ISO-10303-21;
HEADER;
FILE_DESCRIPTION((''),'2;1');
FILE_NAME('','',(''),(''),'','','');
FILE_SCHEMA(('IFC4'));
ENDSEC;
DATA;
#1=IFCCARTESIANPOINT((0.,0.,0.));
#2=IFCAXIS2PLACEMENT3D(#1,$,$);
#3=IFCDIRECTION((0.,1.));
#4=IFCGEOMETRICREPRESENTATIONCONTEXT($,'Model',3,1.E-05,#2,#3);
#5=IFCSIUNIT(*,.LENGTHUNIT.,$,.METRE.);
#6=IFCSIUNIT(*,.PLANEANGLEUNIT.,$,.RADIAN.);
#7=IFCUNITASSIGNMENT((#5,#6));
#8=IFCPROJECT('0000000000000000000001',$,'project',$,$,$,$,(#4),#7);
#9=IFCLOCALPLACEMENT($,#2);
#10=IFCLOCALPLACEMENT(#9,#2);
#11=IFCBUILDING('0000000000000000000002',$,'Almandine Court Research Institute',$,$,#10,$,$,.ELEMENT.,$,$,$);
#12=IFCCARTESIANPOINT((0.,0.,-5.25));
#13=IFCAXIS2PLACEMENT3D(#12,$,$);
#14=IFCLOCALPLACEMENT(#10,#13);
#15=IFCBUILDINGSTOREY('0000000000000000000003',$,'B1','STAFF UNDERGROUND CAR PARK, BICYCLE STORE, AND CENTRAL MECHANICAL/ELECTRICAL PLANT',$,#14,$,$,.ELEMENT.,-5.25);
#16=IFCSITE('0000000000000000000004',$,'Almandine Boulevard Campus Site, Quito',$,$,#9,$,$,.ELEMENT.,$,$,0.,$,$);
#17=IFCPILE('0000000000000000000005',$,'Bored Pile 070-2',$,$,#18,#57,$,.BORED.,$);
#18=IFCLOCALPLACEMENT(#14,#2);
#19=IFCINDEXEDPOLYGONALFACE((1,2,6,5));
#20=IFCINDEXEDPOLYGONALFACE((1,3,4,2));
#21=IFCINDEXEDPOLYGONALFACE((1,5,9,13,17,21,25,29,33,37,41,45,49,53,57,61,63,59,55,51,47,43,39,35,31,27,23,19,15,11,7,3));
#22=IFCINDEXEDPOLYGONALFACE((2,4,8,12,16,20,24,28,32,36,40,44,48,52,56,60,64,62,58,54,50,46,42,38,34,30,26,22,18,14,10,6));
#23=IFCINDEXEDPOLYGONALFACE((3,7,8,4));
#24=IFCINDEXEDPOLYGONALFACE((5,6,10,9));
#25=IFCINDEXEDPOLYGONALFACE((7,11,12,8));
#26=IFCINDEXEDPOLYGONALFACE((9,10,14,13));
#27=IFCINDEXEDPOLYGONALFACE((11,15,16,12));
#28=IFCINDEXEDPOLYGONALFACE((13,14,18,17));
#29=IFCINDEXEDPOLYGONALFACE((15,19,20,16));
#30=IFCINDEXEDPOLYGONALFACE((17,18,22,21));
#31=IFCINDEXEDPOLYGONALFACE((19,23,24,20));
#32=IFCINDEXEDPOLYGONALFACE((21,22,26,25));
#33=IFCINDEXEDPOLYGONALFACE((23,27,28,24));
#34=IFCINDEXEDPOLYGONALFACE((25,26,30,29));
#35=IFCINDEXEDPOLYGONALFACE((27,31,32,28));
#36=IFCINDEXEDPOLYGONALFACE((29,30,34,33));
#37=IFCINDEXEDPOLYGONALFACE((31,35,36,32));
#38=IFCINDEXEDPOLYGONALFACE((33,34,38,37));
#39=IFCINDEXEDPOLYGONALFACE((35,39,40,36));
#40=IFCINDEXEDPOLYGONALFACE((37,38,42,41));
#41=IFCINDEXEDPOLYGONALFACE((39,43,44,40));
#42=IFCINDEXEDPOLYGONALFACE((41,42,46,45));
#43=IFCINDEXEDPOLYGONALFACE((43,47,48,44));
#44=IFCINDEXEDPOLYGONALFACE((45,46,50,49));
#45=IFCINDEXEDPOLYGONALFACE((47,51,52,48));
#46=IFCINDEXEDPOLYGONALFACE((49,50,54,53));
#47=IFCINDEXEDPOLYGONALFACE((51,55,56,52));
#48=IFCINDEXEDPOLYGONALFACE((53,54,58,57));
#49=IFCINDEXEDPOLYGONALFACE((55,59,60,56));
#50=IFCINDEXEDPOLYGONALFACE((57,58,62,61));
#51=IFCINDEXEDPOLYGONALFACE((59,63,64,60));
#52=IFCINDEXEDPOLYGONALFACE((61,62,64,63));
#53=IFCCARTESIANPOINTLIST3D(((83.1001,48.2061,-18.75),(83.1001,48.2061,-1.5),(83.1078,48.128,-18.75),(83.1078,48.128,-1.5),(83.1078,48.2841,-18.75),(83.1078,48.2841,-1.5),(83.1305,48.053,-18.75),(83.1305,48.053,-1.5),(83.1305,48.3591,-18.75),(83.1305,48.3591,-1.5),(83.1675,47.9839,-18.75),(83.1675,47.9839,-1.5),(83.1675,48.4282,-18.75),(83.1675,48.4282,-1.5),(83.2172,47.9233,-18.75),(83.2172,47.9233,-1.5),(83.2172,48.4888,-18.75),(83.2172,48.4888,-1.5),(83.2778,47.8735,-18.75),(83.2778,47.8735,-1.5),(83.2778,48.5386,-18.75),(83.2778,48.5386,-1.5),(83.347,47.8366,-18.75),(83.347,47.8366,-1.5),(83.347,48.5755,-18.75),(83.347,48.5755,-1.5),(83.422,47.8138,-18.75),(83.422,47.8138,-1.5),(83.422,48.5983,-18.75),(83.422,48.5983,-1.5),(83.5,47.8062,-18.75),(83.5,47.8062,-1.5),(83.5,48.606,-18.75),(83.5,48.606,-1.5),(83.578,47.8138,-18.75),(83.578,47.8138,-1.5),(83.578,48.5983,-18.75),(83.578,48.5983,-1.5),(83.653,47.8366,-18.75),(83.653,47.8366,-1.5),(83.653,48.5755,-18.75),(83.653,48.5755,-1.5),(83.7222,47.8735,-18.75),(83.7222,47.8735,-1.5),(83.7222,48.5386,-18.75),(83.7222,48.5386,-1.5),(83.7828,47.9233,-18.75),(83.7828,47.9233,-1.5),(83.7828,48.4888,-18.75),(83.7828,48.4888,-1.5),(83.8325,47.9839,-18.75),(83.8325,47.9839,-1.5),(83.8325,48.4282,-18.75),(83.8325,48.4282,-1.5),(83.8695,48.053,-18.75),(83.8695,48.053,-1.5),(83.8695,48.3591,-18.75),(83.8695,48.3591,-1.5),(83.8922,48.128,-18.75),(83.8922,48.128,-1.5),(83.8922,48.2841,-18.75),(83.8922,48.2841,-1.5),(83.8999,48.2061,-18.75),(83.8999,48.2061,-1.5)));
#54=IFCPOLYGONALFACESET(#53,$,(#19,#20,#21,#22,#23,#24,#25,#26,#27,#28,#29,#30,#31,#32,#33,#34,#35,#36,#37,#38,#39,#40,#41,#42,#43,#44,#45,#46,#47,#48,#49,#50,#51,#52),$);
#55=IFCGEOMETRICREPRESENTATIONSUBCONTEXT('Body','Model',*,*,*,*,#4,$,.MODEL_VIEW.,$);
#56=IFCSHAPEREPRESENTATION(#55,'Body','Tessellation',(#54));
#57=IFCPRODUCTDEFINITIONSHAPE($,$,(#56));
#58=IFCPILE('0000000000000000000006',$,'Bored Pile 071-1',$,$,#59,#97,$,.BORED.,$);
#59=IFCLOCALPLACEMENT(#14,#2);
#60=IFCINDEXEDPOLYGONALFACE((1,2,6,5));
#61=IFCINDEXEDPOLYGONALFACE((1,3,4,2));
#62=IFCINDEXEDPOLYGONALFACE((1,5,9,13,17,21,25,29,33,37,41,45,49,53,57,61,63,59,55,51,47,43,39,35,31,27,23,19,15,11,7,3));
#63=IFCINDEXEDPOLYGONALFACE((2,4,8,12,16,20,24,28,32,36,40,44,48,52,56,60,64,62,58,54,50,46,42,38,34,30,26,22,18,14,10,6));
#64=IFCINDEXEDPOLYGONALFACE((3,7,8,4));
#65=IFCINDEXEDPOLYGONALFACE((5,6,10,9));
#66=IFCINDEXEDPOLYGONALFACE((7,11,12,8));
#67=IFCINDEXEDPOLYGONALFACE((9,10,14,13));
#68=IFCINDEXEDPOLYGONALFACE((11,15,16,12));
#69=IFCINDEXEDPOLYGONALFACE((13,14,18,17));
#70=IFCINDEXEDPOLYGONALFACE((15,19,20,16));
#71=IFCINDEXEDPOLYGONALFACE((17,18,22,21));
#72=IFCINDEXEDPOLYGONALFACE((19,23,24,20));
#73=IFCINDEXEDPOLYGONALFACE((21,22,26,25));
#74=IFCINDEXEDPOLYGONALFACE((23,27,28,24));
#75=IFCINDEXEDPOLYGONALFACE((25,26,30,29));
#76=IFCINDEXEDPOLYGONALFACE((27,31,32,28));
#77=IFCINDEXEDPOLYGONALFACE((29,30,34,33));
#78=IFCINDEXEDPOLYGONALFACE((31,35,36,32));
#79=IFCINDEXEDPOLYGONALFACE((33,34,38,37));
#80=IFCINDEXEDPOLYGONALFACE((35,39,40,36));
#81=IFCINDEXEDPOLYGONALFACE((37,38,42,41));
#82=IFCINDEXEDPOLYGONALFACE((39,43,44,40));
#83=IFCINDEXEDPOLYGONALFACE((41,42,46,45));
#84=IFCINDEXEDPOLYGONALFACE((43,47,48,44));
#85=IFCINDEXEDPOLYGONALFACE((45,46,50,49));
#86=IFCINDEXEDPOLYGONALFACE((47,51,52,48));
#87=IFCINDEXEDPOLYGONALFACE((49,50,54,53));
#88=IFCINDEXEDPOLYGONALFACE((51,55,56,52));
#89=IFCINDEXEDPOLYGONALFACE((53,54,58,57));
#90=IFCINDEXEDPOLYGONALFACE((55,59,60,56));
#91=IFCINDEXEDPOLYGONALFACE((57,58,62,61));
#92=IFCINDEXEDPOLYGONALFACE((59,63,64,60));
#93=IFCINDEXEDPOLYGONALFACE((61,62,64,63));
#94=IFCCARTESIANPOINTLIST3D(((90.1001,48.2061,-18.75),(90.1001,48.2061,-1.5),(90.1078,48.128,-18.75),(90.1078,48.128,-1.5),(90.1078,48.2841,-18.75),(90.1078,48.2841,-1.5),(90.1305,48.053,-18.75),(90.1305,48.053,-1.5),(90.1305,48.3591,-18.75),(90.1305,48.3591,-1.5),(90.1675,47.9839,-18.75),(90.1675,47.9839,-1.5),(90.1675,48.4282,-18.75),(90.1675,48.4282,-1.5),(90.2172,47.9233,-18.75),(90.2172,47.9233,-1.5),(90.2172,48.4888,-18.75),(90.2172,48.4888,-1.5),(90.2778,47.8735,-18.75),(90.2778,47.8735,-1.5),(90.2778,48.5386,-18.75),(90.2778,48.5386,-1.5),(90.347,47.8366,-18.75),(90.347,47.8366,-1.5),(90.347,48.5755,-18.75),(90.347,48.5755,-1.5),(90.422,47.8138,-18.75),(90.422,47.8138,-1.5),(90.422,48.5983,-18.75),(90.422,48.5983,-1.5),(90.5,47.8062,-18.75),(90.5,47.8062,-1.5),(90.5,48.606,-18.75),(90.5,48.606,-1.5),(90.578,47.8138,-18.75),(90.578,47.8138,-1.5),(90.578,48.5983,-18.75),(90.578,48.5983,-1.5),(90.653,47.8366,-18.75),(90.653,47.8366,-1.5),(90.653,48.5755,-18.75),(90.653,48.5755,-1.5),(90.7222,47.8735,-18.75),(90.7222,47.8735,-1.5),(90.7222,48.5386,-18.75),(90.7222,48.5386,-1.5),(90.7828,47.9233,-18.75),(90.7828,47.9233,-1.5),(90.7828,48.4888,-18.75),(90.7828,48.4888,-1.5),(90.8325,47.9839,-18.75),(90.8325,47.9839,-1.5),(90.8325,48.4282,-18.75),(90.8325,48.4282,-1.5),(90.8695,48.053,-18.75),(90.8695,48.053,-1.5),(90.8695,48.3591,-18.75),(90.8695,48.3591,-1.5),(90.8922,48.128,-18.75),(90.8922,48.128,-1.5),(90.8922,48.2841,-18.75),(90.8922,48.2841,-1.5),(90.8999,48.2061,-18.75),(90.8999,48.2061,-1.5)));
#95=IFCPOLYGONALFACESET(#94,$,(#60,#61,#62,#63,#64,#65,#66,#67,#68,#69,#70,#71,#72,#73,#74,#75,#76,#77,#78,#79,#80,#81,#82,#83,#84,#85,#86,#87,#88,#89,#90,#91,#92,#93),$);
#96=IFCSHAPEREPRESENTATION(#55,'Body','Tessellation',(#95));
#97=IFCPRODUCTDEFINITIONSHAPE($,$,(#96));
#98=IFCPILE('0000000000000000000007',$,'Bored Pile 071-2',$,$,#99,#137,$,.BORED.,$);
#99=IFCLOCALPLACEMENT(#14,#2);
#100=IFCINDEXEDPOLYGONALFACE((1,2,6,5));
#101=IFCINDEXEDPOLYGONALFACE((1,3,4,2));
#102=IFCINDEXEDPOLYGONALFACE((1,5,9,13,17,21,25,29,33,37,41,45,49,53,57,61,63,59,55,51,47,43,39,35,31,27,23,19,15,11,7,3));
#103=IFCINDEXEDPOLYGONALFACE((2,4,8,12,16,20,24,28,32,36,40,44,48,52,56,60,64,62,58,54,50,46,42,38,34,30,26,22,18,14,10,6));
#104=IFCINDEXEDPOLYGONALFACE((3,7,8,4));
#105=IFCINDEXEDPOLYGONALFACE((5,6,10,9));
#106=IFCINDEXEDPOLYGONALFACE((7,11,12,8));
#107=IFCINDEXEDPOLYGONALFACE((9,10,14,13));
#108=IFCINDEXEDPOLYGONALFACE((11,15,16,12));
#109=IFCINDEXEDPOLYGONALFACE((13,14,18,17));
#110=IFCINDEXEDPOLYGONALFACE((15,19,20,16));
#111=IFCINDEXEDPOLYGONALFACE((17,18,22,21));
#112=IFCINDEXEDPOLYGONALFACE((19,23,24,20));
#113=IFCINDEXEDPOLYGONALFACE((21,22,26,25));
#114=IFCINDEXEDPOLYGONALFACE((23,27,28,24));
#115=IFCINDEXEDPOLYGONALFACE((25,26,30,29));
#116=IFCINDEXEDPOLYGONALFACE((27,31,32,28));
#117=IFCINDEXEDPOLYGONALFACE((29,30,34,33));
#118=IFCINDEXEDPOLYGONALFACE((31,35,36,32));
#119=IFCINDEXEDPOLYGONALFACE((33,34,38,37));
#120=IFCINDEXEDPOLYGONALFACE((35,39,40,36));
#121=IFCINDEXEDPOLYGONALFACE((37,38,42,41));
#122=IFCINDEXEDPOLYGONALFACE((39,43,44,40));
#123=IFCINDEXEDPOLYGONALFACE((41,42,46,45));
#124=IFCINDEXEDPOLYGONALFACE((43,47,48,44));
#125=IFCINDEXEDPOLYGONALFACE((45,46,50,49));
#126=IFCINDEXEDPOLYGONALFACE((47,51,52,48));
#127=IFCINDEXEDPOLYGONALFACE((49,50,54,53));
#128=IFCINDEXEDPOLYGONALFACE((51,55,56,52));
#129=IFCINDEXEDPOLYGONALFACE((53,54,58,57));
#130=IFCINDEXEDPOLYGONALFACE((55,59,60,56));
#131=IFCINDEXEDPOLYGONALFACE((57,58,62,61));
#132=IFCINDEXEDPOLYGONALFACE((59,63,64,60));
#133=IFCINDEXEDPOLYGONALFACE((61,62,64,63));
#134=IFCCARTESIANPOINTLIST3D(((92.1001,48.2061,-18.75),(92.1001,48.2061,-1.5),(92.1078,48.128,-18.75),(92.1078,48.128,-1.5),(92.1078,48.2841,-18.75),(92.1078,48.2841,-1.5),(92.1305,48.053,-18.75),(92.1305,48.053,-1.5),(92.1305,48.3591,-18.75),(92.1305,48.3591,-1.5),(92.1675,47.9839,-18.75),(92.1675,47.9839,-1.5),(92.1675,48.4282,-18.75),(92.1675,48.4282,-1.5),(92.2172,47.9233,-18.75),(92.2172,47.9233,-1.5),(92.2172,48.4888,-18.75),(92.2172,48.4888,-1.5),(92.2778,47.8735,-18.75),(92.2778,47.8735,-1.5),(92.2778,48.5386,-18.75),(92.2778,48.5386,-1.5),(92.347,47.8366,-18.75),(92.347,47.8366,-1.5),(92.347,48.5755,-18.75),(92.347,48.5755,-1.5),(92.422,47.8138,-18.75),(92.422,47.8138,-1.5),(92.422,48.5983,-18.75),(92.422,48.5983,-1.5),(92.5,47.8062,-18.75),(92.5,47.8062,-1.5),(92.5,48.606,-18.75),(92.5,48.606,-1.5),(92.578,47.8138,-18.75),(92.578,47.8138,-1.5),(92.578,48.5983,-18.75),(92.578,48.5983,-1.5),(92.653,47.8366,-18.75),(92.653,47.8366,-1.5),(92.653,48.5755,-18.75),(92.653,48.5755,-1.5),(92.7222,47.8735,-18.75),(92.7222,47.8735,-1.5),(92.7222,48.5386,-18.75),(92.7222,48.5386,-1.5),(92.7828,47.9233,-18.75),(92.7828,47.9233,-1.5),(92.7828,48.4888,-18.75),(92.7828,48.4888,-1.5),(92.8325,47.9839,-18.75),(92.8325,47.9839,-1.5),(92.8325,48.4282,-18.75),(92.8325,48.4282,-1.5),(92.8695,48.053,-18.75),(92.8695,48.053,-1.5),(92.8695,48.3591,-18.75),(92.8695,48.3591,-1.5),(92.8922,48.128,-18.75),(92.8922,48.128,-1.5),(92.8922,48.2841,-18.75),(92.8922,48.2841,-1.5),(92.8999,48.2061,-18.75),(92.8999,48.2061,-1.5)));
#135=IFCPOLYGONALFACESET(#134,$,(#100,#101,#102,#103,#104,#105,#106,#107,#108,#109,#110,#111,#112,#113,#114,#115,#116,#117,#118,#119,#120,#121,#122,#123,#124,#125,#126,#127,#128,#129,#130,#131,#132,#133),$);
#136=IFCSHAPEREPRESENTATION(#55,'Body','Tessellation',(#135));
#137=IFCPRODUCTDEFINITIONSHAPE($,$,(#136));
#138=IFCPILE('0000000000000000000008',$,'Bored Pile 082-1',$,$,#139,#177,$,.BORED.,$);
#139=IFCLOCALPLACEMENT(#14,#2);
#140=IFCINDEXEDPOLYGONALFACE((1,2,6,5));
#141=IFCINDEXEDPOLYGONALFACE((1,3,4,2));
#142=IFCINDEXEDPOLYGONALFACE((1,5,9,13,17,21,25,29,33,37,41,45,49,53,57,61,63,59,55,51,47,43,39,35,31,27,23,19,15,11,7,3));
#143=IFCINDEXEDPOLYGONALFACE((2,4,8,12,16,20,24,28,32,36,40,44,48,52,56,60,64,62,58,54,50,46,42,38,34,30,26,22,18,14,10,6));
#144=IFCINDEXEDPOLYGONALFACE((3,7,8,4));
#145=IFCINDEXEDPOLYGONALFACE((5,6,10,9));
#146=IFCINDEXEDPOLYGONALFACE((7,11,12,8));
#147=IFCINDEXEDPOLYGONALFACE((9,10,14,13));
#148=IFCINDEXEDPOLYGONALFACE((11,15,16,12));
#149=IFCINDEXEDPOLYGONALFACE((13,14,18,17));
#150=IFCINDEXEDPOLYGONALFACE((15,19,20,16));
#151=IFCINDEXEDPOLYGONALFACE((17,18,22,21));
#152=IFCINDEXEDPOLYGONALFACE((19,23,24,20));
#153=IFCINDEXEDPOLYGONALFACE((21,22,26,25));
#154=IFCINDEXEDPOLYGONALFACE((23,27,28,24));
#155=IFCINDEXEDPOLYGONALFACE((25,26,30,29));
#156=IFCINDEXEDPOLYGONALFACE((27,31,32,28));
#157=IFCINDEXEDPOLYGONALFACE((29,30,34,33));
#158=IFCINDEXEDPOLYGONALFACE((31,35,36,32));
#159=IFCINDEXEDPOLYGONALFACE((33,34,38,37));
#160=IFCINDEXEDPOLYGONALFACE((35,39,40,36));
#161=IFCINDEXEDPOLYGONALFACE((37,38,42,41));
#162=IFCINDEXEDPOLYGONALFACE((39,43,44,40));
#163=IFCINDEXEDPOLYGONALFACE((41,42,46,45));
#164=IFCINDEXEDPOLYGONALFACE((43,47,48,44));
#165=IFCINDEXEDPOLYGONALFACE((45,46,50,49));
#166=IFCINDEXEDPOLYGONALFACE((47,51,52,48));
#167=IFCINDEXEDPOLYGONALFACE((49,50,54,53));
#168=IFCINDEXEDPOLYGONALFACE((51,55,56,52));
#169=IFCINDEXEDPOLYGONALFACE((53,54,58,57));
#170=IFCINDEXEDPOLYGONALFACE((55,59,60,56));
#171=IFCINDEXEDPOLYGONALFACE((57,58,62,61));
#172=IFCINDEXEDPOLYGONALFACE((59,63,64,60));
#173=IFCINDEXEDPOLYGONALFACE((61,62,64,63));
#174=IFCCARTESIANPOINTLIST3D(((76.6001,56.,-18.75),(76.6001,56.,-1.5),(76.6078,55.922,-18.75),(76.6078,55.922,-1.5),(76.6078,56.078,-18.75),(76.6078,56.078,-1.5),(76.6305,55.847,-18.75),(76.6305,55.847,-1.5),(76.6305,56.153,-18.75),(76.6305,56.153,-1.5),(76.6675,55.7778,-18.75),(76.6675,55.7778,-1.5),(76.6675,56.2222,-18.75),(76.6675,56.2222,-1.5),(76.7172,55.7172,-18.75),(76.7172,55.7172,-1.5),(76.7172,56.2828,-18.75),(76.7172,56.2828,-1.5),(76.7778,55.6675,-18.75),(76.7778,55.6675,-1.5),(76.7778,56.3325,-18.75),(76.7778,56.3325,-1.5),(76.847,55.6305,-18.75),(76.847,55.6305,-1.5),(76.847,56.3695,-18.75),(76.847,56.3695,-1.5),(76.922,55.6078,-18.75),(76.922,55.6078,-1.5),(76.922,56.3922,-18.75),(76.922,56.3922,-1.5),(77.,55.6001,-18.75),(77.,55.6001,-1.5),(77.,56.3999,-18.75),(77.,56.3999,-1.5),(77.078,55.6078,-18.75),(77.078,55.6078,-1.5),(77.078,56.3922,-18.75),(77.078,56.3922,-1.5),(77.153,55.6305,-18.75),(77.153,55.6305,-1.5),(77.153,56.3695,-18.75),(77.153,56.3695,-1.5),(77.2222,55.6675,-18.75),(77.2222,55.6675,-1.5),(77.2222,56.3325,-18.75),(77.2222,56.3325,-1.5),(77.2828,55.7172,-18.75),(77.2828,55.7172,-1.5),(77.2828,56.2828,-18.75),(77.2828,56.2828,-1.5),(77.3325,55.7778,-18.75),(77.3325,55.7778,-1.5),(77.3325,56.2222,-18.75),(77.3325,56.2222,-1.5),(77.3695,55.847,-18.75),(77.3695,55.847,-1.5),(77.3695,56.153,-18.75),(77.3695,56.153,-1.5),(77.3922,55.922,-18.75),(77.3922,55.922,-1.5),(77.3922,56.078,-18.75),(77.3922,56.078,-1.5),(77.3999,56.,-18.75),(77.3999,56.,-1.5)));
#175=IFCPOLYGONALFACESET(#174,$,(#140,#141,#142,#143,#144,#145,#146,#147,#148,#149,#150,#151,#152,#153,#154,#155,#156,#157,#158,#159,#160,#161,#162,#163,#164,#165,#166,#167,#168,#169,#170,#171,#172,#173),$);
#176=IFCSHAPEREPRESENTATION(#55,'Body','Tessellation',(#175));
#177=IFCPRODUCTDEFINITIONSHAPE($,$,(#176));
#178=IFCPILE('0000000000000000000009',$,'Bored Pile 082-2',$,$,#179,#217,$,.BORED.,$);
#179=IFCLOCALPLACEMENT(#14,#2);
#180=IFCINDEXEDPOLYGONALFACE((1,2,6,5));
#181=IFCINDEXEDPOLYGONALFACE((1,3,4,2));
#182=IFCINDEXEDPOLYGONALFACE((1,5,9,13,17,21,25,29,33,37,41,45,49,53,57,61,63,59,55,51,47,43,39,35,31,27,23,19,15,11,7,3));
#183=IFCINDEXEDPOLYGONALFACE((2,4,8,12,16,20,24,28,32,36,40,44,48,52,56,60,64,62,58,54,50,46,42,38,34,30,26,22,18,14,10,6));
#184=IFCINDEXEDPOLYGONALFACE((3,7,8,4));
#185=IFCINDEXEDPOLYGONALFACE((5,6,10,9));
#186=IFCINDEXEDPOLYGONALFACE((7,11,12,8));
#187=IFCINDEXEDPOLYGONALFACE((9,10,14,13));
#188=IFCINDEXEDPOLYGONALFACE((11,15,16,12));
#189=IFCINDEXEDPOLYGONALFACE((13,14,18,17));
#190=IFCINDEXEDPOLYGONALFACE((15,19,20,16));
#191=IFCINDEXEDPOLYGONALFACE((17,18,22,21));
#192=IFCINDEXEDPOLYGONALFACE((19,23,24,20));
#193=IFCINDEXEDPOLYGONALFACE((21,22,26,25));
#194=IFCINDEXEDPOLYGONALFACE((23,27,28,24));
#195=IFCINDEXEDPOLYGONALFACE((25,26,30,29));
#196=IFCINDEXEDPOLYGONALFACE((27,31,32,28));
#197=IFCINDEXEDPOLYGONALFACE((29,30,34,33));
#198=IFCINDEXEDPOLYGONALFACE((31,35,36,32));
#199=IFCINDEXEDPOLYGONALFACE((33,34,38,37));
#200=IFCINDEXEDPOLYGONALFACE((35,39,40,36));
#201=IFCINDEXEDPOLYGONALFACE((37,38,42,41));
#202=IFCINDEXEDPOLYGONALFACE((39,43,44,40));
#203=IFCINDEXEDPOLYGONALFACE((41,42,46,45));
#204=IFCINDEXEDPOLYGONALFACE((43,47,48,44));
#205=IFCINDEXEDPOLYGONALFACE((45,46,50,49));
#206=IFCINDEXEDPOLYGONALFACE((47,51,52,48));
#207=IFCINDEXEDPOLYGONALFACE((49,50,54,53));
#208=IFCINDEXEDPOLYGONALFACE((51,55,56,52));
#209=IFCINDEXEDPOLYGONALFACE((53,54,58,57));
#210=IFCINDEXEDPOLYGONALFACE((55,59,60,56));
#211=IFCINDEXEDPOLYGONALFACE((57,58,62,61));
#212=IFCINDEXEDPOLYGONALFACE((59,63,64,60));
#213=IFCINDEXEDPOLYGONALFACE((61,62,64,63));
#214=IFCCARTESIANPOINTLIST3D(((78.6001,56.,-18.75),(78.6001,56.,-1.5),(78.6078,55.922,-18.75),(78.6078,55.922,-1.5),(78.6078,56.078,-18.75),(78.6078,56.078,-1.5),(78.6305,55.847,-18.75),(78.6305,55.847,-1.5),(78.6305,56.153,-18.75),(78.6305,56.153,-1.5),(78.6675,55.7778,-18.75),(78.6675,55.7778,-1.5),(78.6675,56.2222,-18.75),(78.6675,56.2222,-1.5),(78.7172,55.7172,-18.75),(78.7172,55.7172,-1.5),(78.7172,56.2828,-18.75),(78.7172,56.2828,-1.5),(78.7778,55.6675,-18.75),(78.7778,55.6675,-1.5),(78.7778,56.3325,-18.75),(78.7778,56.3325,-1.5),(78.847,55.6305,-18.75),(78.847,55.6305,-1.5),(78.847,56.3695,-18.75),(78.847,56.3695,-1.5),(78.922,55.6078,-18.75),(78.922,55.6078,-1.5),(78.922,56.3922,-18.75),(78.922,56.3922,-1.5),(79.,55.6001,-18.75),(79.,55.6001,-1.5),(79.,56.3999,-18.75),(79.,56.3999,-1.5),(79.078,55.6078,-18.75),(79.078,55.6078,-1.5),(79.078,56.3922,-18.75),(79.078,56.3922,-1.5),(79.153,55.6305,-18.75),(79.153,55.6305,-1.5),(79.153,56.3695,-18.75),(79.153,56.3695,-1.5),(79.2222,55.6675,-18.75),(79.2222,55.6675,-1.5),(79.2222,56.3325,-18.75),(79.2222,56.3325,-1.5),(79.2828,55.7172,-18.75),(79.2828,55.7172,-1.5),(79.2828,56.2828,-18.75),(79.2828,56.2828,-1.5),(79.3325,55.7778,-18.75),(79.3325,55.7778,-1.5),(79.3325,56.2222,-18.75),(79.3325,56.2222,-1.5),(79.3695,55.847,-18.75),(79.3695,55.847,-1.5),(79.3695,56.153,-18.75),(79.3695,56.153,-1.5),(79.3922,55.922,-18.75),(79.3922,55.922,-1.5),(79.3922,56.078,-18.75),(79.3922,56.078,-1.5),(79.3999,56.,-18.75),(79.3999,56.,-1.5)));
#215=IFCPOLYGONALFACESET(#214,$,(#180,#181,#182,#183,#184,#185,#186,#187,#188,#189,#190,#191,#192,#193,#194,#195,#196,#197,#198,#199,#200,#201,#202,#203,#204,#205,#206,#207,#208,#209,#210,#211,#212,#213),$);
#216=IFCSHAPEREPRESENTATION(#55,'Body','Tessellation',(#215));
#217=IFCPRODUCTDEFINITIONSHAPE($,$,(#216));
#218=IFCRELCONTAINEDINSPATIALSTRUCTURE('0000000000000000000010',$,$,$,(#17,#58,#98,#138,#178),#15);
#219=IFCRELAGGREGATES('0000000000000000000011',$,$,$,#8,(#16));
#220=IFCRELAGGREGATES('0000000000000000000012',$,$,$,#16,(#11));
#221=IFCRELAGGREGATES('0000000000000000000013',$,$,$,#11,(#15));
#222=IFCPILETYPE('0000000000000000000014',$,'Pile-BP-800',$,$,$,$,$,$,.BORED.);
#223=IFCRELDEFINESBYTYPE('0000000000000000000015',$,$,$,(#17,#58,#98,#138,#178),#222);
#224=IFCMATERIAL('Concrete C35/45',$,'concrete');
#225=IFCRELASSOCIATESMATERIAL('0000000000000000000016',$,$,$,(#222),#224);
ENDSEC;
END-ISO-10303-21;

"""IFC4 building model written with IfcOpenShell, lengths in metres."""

from ifc_helpers import new_model, si_unit, direction, frame, origin, origin_2d, place, context, subcontext, project, spatial, circle, extrude, material, material_profile, profile_set, type_object, element, save


model = new_model("IFC4")

# Units and contexts
model_context = context("Model", 3, precision=1e-05, world=origin(), true_north=direction((0.0, 1.0)))
body_context = subcontext(model_context, "Body", "Model", "MODEL_VIEW")
ifc_project = project(units=[si_unit("LENGTHUNIT", "METRE"), si_unit("PLANEANGLEUNIT", "RADIAN")], contexts=[model_context])

# Site, building, storey
site_placement = place(None, origin())
site = spatial("IfcSite", under=ifc_project, at=site_placement, Name="Almandine Boulevard Campus Site, Quito", CompositionType="ELEMENT", RefElevation=0.0)
building_placement = place(site_placement, origin())
building = spatial("IfcBuilding", under=site, at=building_placement, Name="Almandine Court Research Institute", CompositionType="ELEMENT")
storey_placement = place(building_placement, frame((0.0, 0.0, -5.25)))
storey = spatial("IfcBuildingStorey", under=building, at=storey_placement, Name="B1", Description="STAFF UNDERGROUND CAR PARK, BICYCLE STORE, AND CENTRAL MECHANICAL/ELECTRICAL PLANT", CompositionType="ELEMENT", Elevation=-5.25)

# Shared definitions
ifc_material_1 = material(Name="Concrete C35/45", Category="concrete")

# Piles
ifc_material_profile_1 = material_profile(ifc_material_1, circle(Radius=0.3999, at=origin_2d()), Name="BORED PILE D800")
ifc_profile_set_1 = profile_set([ifc_material_profile_1], Name="Concrete C35/45")
pile_type = type_object("IfcPileType", Name="Pile-BP-800", PredefinedType="BORED", material=ifc_profile_set_1)
for number, where, z_axis, x_axis, name in (
    (1, (83.5, 48.2061, -1.5), (0.0, 0.0, -1.0), (1.0, 0.0, 0.0), "Bored Pile 070-2"),
    (2, (90.5, 48.2061, -1.5), (0.0, 0.0, -1.0), (1.0, 0.0, 0.0), "Bored Pile 071-1"),
    (3, (92.5, 48.2061, -1.5), (0.0, 0.0, -1.0), (1.0, 0.0, 0.0), "Bored Pile 071-2"),
    (4, (77.0, 56.0, -1.5), (0.0, 0.0, -1.0), (1.0, 0.0, 0.0), "Bored Pile 082-1"),
    (5, (79.0, 56.0, -1.5), (0.0, 0.0, -1.0), (1.0, 0.0, 0.0), "Bored Pile 082-2"),
):
    element("IfcPile", number, at=place(storey_placement, frame(where, z_axis=z_axis, x_axis=x_axis)), inside=storey, type_object=pile_type, Name=name, PredefinedType="BORED", context=body_context, shape_type="SweptSolid", body=[
        extrude(circle(Radius=0.3999, at=origin_2d()), origin(), (0.0, 0.0, 1.0), 17.25),
    ])

save(model, "model.ifc")
